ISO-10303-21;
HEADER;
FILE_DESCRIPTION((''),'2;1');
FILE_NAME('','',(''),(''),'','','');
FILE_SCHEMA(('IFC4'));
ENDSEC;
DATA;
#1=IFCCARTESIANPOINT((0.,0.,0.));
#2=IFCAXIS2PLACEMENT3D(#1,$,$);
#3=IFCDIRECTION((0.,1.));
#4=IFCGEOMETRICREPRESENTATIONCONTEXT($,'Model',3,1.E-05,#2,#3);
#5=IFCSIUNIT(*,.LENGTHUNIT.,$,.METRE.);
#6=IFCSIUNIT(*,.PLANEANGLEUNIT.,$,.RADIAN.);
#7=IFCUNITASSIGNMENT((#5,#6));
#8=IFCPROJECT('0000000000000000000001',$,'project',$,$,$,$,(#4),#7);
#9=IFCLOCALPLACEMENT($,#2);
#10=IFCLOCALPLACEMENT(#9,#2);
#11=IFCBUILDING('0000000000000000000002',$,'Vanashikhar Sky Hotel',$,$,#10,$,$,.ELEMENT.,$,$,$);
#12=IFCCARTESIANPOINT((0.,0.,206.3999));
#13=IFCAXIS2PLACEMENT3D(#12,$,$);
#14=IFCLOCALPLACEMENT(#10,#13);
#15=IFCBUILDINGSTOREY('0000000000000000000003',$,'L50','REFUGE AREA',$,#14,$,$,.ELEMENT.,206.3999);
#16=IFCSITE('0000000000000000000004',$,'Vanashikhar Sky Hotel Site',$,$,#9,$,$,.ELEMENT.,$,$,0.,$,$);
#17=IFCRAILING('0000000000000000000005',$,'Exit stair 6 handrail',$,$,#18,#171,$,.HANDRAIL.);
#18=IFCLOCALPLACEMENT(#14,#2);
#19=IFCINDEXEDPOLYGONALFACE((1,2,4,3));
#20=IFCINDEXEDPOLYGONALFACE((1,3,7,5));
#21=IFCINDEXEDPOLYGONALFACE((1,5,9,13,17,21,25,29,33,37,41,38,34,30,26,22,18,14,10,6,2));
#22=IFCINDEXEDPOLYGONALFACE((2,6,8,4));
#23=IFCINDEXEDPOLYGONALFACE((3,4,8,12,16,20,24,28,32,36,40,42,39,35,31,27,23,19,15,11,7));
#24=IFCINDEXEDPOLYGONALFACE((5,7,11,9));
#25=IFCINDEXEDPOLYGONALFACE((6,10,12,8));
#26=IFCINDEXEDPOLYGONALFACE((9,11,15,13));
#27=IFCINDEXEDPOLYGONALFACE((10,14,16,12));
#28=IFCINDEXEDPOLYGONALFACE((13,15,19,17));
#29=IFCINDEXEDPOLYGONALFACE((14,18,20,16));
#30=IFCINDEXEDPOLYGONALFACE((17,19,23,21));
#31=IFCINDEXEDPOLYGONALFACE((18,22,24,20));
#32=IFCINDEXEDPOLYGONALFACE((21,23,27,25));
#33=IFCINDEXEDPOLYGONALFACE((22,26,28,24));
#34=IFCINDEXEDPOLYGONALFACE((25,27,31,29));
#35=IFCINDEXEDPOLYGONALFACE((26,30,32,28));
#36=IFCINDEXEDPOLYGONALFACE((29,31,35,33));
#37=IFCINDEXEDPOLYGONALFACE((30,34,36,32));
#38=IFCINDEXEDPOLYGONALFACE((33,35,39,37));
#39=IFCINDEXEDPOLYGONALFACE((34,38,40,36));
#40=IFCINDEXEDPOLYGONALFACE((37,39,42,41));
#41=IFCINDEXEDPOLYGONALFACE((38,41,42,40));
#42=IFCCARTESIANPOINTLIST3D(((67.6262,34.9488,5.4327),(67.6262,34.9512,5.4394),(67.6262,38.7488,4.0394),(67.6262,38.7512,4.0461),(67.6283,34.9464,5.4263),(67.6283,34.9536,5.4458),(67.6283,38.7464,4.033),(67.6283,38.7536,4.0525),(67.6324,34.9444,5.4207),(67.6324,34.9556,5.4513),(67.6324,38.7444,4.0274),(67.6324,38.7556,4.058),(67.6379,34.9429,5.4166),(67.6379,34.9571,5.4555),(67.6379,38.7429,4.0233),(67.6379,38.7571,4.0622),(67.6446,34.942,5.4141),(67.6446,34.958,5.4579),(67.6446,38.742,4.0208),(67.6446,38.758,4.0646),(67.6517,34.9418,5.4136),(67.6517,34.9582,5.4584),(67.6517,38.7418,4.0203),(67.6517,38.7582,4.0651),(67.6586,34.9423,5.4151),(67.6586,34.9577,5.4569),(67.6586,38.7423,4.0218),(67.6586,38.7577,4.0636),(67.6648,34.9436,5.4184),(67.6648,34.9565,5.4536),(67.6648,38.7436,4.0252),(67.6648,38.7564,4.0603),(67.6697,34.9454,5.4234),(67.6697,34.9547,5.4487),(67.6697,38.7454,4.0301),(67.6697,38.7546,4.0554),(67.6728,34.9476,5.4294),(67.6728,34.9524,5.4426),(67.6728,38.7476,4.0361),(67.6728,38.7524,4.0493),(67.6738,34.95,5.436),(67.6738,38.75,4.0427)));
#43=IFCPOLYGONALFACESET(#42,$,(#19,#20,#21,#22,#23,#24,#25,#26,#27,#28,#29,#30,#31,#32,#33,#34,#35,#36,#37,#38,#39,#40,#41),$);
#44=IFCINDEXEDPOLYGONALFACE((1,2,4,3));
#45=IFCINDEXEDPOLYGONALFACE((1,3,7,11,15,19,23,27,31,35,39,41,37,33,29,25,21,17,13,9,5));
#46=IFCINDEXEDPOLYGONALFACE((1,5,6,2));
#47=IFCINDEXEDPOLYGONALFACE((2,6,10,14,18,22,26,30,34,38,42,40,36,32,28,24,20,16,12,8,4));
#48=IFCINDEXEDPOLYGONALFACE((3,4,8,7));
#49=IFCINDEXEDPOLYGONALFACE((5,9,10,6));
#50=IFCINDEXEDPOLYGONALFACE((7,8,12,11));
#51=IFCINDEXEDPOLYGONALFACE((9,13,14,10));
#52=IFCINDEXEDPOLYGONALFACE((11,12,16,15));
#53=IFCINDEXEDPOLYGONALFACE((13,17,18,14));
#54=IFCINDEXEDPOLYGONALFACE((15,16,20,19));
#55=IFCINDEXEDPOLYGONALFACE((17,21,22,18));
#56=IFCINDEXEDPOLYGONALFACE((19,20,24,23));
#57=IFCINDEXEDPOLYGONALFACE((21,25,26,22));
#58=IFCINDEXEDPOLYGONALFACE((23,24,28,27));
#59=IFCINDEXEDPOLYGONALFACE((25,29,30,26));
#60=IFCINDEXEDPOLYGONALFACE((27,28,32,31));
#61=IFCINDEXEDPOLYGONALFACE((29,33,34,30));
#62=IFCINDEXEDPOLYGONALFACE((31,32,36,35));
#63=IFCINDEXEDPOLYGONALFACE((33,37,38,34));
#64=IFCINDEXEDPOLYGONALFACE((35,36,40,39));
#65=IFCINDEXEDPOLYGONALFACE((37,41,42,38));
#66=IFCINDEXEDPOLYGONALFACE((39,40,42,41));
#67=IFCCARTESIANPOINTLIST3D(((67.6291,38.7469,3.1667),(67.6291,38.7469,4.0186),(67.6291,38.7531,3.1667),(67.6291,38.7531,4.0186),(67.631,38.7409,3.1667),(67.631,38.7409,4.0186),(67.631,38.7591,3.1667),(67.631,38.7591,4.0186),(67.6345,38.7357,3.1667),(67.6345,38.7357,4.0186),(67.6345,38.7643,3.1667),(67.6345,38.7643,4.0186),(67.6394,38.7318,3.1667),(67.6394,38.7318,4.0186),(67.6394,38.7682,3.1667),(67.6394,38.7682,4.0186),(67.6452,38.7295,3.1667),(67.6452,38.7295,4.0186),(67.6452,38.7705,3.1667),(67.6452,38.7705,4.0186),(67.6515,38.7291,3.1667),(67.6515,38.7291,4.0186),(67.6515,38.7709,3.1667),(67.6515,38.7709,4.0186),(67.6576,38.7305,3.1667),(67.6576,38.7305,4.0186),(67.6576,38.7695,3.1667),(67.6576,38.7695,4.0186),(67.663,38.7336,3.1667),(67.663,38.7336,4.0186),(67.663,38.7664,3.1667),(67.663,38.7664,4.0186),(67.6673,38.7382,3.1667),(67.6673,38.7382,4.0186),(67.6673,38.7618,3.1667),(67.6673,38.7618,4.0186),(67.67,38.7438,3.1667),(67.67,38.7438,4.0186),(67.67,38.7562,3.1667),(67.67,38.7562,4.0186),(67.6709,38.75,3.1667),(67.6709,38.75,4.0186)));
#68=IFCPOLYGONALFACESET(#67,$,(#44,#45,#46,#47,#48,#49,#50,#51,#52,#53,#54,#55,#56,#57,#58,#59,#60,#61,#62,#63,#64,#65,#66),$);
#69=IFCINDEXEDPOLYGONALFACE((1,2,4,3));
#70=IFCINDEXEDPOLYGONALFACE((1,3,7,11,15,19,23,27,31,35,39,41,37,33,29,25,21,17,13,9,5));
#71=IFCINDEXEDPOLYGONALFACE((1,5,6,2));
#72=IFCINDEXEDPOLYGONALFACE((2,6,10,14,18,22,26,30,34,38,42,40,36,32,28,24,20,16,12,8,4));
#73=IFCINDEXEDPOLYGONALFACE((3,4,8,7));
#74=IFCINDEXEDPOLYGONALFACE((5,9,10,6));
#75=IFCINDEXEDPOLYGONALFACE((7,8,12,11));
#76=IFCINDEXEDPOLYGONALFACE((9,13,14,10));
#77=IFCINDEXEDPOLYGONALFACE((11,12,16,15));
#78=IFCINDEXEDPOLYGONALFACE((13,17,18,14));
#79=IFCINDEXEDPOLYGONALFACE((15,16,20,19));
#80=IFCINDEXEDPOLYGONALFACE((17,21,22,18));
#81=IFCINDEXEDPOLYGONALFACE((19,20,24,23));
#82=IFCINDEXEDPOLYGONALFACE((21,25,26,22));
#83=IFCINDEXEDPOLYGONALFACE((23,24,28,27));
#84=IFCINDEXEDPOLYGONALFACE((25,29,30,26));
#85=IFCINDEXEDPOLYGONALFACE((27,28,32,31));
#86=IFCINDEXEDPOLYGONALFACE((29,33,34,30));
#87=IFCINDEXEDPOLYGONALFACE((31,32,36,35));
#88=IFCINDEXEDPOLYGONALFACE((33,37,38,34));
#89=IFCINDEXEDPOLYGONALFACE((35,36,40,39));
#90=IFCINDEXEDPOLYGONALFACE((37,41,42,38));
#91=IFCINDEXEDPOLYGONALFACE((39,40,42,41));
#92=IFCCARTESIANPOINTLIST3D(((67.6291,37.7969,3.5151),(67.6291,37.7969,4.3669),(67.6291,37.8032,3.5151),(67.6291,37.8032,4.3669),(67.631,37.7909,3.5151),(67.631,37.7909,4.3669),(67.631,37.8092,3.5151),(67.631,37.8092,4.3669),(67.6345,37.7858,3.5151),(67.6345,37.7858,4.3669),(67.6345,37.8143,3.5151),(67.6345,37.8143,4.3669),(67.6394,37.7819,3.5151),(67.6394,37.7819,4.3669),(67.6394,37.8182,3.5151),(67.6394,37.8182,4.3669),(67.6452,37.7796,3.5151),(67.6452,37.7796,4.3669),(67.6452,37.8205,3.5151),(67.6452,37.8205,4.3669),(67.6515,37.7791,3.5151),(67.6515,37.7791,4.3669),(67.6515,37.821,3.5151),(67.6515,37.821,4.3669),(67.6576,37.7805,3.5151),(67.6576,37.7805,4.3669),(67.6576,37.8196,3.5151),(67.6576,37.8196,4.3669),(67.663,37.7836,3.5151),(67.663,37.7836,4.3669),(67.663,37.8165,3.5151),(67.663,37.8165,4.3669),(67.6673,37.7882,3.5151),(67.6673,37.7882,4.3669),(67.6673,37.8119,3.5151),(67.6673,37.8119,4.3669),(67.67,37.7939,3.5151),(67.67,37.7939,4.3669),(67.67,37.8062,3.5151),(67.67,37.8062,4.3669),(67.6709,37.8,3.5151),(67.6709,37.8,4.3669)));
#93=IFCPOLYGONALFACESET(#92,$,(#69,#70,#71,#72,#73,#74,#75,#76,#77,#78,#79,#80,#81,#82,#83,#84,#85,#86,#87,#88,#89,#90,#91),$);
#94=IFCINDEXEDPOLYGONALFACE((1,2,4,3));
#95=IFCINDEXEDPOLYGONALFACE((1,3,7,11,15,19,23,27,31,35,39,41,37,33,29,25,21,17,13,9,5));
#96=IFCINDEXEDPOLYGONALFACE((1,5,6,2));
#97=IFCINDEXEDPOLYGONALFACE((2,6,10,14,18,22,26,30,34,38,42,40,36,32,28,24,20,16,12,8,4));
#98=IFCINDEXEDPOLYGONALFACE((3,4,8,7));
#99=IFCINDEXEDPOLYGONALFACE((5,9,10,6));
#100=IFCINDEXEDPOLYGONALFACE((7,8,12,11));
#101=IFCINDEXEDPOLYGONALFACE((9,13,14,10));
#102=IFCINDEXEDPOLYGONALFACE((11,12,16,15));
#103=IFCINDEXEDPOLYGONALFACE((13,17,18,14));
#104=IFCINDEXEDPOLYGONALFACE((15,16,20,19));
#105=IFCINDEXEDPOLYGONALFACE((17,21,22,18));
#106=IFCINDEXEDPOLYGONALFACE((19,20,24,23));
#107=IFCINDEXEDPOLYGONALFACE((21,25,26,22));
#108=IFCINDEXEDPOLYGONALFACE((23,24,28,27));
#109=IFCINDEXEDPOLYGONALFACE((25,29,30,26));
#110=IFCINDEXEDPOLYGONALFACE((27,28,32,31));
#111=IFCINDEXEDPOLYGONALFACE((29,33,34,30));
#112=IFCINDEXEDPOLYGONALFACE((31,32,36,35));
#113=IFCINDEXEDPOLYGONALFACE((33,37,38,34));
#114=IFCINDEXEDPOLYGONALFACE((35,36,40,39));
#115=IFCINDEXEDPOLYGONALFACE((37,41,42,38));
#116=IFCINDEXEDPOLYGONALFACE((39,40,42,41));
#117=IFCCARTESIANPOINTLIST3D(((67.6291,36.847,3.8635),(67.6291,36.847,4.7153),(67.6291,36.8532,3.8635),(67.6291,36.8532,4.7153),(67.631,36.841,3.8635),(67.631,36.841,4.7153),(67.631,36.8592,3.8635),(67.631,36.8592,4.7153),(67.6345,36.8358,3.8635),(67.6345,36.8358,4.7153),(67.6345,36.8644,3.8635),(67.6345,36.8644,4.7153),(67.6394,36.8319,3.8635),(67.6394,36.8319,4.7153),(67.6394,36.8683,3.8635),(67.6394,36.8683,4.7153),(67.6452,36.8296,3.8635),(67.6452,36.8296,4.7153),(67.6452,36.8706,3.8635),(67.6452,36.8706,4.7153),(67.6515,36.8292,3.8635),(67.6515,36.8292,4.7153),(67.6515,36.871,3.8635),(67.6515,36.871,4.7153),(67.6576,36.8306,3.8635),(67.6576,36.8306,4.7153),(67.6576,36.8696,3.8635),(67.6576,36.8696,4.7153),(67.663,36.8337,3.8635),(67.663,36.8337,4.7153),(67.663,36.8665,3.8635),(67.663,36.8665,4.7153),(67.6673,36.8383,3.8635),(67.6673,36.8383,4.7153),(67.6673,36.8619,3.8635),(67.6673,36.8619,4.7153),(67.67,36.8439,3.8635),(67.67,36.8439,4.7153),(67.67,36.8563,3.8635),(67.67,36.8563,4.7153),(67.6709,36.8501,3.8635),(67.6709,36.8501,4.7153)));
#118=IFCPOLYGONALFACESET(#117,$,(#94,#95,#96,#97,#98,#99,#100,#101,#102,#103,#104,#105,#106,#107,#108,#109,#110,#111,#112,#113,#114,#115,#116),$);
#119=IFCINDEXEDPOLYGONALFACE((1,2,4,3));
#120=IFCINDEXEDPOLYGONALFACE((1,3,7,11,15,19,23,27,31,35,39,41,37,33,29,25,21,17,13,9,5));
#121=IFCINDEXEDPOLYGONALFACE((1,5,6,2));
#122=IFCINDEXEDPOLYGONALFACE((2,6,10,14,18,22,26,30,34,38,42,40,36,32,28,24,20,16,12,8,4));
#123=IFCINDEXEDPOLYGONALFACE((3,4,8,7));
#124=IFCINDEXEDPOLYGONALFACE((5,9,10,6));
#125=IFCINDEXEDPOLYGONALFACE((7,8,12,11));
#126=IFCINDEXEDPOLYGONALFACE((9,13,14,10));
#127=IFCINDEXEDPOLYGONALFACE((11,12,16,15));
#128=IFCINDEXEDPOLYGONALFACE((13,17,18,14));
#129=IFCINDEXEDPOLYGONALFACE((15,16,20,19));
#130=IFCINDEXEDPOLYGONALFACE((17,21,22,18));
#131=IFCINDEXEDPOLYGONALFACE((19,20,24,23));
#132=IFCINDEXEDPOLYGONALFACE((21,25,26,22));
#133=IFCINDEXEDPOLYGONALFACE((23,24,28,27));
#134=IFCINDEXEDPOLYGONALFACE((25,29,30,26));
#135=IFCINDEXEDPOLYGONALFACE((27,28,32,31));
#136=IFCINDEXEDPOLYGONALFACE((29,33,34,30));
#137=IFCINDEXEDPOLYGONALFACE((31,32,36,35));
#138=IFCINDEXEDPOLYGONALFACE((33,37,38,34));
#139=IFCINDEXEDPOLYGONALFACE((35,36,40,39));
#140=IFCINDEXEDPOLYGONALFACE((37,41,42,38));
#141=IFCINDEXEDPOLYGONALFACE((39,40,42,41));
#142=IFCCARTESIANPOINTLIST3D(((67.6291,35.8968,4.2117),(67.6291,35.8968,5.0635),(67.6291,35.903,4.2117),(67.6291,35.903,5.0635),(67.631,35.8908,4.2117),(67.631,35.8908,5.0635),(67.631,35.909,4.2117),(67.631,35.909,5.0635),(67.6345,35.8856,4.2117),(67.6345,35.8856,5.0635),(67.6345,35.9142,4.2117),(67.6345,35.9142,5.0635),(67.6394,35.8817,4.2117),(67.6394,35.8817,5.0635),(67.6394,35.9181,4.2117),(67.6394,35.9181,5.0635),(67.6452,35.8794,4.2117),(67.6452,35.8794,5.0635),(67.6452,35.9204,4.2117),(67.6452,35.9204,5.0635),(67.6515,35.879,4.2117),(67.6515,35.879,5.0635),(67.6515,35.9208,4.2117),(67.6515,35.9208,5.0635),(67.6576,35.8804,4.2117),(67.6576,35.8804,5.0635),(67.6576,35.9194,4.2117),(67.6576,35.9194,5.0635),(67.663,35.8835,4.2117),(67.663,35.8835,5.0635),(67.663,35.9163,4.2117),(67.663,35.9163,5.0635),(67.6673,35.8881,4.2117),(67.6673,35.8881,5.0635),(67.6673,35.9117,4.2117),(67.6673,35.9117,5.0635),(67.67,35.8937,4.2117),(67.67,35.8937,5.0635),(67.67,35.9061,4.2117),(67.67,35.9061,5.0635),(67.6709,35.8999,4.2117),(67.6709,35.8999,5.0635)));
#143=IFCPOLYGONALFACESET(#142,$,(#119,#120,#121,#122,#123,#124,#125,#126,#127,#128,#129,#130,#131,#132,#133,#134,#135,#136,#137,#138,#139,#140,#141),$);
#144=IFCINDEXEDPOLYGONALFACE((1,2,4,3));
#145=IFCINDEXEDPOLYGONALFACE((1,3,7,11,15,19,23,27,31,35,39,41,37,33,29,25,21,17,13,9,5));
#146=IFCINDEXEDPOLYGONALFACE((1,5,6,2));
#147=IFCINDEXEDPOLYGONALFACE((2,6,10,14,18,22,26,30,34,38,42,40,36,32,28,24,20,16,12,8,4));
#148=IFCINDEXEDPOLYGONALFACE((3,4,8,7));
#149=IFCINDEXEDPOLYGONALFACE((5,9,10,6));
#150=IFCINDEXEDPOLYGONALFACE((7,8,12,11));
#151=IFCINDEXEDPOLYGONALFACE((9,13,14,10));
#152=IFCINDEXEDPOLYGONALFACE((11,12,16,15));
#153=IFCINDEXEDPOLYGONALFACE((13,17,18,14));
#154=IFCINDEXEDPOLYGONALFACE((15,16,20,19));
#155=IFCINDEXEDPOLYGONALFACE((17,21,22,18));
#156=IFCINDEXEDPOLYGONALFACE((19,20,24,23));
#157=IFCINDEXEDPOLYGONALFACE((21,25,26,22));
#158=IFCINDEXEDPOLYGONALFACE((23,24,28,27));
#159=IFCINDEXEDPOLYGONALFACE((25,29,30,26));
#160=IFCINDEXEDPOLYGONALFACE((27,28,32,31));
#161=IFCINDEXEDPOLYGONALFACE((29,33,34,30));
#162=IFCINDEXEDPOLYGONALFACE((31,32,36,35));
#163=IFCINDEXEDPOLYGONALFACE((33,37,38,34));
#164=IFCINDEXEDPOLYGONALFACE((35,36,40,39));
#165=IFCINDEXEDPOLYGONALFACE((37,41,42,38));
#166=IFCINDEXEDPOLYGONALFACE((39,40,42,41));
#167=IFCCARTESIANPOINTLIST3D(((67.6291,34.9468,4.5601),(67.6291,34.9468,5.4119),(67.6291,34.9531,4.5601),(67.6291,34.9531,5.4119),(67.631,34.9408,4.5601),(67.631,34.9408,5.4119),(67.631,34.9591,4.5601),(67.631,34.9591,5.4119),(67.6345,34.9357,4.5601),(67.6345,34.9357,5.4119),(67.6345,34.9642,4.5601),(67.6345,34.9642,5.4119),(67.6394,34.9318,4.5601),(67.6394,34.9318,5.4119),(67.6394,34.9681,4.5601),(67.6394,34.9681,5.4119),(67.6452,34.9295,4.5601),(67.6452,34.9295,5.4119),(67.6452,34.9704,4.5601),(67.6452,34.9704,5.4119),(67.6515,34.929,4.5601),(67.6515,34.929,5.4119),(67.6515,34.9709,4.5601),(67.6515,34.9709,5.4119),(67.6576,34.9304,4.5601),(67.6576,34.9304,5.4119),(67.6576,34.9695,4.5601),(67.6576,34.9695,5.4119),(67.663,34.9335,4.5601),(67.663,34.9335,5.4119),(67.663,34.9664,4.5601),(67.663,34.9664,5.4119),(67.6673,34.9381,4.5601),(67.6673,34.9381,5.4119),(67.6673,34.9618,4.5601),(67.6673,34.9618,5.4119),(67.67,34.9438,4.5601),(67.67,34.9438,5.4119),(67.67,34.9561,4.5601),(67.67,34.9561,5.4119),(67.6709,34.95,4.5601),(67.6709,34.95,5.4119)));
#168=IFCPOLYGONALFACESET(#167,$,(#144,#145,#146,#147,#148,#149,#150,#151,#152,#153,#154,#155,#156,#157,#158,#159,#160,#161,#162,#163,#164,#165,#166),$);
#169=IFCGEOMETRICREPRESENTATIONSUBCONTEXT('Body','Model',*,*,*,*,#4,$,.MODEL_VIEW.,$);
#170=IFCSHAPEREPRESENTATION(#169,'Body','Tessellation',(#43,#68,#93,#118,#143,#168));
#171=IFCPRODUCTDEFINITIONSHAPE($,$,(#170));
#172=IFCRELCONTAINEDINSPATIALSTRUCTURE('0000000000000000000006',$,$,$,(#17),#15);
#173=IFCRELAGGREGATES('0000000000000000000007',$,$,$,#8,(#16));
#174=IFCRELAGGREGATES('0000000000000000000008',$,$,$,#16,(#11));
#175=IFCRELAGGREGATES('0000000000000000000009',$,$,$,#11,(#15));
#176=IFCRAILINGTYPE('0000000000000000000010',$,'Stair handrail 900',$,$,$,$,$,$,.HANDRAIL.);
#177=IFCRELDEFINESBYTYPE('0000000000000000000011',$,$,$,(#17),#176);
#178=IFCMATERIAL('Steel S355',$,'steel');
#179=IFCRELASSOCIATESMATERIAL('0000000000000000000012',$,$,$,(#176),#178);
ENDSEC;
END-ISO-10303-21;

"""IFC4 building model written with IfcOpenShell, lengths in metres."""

from ifc_helpers import new_model, si_unit, direction, frame, origin, origin_2d, place, context, subcontext, project, spatial, circle, extrude, source, transform, mapped, material, type_object, element, save


model = new_model("IFC4")

# Units and contexts
model_context = context("Model", 3, precision=1e-05, world=origin(), true_north=direction((0.0, 1.0)))
body_context = subcontext(model_context, "Body", "Model", "MODEL_VIEW")
ifc_project = project(units=[si_unit("LENGTHUNIT", "METRE"), si_unit("PLANEANGLEUNIT", "RADIAN")], contexts=[model_context])

# Site, building, storey
site_placement = place(None, origin())
site = spatial("IfcSite", under=ifc_project, at=site_placement, Name="Vanashikhar Sky Hotel Site", CompositionType="ELEMENT", RefElevation=0.0)
building_placement = place(site_placement, origin())
building = spatial("IfcBuilding", under=site, at=building_placement, Name="Vanashikhar Sky Hotel", CompositionType="ELEMENT")
storey_placement = place(building_placement, frame((0.0, 0.0, 206.3999)))
storey = spatial("IfcBuildingStorey", under=building, at=storey_placement, Name="L50", Description="REFUGE AREA", CompositionType="ELEMENT", Elevation=206.3999)

# Railing
ifc_material_1 = material(Name="Steel S355", Category="steel")
railing_type_1 = type_object("IfcRailingType", Name="Stair handrail 900", PredefinedType="HANDRAIL", material=ifc_material_1)
shared_shape_1 = source(origin(), body_context, "Body", "SweptSolid", [
    extrude(circle(Radius=0.0239, at=origin_2d()), frame((0.0, 0.0, 0.876), z_axis=(0.0, -0.93888, 0.344246), x_axis=(1.0, 0.0, 0.0)), (0.0, 0.0, 1.0), 4.0474),
    extrude(circle(Radius=0.021, at=origin_2d()), origin(), (0.0, 0.0, 1.0), 0.8518),
    extrude(circle(Radius=0.021, at=origin_2d()), frame((0.0, -0.95, 0.3484)), (0.0, 0.0, 1.0), 0.8518),
    extrude(circle(Radius=0.021, at=origin_2d()), frame((0.0, -1.8999, 0.6968)), (0.0, 0.0, 1.0), 0.8518),
    extrude(circle(Radius=0.021, at=origin_2d()), frame((0.0, -2.8501, 1.0449)), (0.0, 0.0, 1.0), 0.8518),
    extrude(circle(Radius=0.021, at=origin_2d()), frame((0.0, -3.8, 1.3933)), (0.0, 0.0, 1.0), 0.8518),
])
for number, where, name in (
    (1, (67.6499, 38.75, 3.1667), "Exit stair 6 handrail"),
):
    element("IfcRailing", number, at=place(storey_placement, frame(where)), inside=storey, type_object=railing_type_1, Name=name, PredefinedType="HANDRAIL", context=body_context, shape_type="MappedRepresentation", body=[
        mapped(shared_shape_1, transform((0.0, 0.0, 0.0), scale=1.0)),
    ])

save(model, "model.ifc")
